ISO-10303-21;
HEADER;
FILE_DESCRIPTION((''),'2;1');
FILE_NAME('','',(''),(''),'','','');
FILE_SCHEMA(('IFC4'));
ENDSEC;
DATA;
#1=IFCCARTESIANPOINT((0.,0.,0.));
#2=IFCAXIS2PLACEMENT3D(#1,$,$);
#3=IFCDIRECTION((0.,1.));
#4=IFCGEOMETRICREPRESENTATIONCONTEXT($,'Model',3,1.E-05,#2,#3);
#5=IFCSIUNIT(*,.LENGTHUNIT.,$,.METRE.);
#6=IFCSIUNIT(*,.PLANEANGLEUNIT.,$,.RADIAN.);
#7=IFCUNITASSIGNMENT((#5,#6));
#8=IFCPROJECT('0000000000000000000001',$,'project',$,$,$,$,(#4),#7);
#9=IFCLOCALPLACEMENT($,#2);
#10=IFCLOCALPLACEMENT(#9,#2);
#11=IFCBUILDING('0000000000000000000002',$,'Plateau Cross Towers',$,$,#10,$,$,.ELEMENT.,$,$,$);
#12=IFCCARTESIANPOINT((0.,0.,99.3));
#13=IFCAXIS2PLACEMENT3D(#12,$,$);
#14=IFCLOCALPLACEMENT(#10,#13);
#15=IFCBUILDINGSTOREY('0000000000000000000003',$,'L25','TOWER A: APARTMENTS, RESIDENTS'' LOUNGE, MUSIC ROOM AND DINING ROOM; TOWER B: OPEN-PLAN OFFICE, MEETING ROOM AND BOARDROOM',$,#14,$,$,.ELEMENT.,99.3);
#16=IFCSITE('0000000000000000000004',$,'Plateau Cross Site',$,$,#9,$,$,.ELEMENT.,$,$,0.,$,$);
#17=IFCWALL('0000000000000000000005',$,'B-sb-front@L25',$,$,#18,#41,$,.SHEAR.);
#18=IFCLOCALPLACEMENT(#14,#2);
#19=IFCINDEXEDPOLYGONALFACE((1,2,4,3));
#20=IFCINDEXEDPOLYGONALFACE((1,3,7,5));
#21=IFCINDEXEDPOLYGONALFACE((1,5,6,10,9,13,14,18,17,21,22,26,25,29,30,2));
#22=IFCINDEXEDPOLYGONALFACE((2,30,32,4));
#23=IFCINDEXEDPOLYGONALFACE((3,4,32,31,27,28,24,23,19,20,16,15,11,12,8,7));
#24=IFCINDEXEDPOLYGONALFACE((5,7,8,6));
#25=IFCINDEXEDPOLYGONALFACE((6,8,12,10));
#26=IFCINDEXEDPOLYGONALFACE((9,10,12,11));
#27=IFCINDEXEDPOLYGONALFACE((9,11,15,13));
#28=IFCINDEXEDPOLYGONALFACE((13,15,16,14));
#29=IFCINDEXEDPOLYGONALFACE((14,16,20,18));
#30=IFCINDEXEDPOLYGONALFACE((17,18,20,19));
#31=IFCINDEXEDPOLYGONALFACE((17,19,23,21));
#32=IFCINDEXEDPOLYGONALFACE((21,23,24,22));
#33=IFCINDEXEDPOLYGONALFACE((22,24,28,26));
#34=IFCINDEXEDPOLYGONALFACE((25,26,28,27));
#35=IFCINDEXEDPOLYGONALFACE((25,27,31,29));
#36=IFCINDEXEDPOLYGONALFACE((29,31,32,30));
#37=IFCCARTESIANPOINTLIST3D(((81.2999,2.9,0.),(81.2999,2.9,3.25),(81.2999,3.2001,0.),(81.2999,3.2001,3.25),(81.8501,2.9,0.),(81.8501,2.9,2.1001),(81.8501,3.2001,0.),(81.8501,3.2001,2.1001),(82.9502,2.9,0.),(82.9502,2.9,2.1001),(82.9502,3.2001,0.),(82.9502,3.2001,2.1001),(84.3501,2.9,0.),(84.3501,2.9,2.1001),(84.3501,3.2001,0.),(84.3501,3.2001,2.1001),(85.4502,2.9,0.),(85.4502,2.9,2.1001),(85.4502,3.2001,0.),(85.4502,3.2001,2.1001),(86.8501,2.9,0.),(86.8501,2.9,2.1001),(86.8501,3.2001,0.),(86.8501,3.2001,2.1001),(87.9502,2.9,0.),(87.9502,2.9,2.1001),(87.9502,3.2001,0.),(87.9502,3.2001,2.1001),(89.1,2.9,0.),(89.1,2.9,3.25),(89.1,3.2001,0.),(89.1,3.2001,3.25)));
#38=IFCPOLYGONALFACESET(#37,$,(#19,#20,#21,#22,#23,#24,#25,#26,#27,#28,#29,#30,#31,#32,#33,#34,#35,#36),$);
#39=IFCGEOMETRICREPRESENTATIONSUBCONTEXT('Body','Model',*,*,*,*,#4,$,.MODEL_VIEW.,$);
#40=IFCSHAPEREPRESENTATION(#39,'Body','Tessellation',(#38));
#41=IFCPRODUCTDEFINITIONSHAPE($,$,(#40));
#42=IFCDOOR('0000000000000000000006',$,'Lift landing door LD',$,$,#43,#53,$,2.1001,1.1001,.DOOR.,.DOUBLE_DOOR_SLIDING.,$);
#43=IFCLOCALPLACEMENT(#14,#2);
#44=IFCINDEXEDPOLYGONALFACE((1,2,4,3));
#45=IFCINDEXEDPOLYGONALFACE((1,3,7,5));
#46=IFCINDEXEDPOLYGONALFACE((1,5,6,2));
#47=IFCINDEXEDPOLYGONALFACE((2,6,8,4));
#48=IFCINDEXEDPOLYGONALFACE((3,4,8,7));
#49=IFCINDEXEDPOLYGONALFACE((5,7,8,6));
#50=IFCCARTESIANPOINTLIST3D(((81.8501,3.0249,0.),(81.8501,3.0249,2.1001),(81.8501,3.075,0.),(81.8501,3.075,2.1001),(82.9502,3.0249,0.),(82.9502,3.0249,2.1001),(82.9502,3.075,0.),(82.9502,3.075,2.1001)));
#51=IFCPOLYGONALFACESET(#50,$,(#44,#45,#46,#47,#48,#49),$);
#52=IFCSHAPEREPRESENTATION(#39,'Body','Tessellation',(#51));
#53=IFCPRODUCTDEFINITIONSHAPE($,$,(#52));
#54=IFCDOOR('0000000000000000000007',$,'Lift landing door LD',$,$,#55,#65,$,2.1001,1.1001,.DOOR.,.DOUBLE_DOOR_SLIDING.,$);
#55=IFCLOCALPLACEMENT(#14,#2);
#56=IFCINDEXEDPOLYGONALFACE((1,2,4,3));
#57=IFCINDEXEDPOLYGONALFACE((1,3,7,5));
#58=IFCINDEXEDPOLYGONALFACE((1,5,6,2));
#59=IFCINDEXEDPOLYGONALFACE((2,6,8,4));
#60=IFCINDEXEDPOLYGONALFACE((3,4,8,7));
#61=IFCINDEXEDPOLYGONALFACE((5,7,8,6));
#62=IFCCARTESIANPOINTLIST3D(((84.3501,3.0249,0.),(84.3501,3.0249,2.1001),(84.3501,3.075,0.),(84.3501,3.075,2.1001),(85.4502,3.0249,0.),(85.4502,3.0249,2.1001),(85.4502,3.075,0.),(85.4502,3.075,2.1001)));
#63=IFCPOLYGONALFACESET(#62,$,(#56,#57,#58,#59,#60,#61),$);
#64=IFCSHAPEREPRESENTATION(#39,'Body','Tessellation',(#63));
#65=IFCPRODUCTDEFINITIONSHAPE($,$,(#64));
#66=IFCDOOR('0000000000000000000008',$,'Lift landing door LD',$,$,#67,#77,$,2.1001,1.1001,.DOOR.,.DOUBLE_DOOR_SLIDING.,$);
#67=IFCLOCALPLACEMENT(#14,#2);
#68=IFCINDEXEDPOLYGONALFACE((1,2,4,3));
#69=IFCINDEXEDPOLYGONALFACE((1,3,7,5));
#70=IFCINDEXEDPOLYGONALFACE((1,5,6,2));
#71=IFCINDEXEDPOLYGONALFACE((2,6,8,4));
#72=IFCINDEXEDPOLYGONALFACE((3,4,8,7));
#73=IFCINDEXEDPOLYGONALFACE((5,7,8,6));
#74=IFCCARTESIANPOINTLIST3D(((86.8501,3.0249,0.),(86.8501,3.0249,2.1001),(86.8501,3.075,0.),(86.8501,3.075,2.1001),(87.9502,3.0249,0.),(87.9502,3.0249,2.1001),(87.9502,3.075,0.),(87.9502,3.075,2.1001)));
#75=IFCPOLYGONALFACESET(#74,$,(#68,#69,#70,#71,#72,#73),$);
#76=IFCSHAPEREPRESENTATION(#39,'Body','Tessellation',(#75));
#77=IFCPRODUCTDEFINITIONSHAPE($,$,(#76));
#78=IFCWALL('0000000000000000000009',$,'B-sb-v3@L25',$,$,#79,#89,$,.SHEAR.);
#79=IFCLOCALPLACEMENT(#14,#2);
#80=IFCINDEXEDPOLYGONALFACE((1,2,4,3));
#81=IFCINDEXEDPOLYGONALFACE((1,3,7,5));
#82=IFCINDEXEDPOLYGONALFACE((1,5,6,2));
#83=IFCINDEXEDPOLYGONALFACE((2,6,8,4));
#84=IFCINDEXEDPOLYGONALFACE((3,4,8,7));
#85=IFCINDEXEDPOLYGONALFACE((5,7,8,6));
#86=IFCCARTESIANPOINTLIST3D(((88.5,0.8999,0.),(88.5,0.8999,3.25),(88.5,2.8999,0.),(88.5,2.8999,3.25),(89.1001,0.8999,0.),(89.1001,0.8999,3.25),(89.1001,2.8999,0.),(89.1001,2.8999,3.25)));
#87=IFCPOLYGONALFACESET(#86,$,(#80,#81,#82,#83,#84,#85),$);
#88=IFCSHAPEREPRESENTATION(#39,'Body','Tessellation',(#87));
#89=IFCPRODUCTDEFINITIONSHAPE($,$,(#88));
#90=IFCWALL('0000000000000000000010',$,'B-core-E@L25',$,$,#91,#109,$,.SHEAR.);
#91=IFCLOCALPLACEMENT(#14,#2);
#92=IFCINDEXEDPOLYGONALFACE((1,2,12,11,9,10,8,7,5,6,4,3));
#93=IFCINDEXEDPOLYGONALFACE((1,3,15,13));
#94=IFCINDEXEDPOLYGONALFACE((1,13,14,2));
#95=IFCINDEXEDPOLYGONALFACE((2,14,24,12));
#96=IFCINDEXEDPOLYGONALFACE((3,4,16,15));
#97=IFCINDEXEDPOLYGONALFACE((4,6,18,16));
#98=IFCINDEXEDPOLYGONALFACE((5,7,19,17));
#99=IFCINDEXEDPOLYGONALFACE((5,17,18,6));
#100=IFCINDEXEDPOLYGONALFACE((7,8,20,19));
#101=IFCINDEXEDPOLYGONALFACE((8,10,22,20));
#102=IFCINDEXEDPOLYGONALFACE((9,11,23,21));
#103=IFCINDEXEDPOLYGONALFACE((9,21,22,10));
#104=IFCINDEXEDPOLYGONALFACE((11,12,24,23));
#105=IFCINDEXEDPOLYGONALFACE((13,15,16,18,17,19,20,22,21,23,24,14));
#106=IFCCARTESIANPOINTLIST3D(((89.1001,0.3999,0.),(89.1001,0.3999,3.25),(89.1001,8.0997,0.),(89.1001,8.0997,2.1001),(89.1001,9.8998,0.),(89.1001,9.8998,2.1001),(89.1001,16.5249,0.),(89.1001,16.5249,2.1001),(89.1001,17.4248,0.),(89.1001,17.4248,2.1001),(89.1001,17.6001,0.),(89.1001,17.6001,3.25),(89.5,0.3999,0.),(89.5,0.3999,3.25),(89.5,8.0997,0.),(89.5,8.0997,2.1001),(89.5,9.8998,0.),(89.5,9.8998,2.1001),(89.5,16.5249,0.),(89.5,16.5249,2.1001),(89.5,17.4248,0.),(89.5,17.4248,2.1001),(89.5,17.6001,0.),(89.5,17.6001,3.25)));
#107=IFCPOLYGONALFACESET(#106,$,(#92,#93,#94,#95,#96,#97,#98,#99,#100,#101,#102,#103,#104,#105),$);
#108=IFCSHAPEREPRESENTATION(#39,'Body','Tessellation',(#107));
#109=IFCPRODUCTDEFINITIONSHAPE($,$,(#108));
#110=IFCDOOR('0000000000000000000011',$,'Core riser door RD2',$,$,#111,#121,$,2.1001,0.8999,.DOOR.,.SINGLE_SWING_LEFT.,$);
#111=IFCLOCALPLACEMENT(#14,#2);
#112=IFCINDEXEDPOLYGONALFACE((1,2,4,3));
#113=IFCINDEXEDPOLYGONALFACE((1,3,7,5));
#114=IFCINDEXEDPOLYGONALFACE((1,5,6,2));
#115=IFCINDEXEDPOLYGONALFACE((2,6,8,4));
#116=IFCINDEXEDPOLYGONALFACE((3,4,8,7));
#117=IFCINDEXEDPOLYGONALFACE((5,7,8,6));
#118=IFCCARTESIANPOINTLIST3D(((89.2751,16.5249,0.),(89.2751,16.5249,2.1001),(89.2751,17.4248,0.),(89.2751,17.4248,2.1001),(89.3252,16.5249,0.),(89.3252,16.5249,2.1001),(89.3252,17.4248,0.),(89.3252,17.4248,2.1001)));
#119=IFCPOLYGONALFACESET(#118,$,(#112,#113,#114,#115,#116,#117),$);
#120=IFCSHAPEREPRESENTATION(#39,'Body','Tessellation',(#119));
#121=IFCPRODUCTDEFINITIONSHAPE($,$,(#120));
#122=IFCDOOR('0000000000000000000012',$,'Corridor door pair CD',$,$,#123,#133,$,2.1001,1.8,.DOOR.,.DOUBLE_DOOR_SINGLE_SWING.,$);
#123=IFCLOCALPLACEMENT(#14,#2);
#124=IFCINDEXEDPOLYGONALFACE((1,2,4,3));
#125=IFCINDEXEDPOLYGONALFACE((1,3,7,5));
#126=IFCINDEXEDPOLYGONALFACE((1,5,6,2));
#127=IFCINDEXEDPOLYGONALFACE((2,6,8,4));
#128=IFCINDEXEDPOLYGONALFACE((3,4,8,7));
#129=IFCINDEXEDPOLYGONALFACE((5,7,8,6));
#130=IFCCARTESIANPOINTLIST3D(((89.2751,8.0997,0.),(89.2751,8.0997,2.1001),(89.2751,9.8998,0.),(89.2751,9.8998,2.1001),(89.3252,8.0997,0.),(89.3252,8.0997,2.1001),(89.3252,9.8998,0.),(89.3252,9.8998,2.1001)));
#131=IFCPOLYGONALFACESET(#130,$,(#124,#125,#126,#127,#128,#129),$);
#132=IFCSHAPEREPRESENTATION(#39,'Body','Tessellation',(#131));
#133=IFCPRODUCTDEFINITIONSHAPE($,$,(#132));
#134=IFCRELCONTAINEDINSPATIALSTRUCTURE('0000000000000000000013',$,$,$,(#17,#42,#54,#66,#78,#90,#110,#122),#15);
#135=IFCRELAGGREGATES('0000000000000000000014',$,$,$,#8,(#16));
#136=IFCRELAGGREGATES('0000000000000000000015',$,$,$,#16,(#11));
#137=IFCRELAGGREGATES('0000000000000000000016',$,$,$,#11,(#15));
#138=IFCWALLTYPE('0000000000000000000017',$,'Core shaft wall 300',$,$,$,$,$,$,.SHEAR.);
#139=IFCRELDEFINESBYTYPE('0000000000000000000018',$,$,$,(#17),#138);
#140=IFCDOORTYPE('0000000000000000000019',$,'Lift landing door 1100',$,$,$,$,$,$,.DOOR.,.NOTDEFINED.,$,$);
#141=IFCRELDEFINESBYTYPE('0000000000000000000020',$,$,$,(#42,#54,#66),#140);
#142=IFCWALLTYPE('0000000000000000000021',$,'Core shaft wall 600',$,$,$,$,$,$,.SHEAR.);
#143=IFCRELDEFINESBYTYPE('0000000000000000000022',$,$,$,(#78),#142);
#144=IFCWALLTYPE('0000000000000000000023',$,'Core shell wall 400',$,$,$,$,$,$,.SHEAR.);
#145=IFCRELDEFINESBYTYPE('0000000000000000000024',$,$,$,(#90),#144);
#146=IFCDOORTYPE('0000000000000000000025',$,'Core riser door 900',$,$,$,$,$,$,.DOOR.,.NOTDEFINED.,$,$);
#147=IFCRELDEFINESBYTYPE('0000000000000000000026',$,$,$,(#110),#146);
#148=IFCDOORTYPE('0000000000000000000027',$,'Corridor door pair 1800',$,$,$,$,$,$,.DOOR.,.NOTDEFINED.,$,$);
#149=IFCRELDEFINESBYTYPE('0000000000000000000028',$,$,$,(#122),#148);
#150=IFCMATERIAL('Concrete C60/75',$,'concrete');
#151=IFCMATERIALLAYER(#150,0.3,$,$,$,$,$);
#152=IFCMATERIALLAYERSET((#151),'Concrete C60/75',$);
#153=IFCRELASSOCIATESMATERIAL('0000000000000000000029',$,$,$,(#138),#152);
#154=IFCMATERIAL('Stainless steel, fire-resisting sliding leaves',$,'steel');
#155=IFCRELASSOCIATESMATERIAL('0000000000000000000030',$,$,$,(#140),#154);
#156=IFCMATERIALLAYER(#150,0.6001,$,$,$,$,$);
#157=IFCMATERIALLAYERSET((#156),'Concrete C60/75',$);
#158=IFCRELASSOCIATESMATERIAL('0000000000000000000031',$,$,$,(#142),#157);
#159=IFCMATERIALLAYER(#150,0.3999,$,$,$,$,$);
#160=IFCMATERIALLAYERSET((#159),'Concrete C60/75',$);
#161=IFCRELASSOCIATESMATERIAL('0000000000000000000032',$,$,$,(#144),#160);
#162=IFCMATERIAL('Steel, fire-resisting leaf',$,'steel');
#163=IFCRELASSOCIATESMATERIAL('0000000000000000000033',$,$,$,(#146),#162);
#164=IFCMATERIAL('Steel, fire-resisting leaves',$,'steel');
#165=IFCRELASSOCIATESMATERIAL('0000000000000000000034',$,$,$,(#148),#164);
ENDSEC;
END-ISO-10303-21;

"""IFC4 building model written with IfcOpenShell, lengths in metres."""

from ifc_helpers import new_model, si_unit, direction, frame, frame_2d, origin, place, context, subcontext, project, spatial, rectangle, extrude, material, layer, layer_set, type_object, element, fill, save


model = new_model("IFC4")

# Units and contexts
model_context = context("Model", 3, precision=1e-05, world=origin(), true_north=direction((0.0, 1.0)))
body_context = subcontext(model_context, "Body", "Model", "MODEL_VIEW")
ifc_project = project(units=[si_unit("LENGTHUNIT", "METRE"), si_unit("PLANEANGLEUNIT", "RADIAN")], contexts=[model_context])

# Site, building, storey
site_placement = place(None, origin())
site = spatial("IfcSite", under=ifc_project, at=site_placement, Name="Plateau Cross Site", CompositionType="ELEMENT", RefElevation=0.0)
building_placement = place(site_placement, origin())
building = spatial("IfcBuilding", under=site, at=building_placement, Name="Plateau Cross Towers", CompositionType="ELEMENT")
storey_placement = place(building_placement, frame((0.0, 0.0, 99.3)))
storey = spatial("IfcBuildingStorey", under=building, at=storey_placement, Name="L25", Description="TOWER A: APARTMENTS, RESIDENTS' LOUNGE, MUSIC ROOM AND DINING ROOM; TOWER B: OPEN-PLAN OFFICE, MEETING ROOM AND BOARDROOM", CompositionType="ELEMENT", Elevation=99.3)

# Shared definitions
ifc_material_1 = material(Name="Concrete C60/75", Category="concrete")

# Shared definitions
ifc_layer_1 = layer(ifc_material_1, 0.3)
ifc_layer_set_1 = layer_set([ifc_layer_1], Name="Concrete C60/75")
wall_type_1 = type_object("IfcWallType", Name="Core shaft wall 300", PredefinedType="SHEAR", material=ifc_layer_set_1)

# Wall, openings, doors
wall_1_placement = place(storey_placement, frame((81.3, 3.05, 0.0), z_axis=(0.0, 0.0, 1.0), x_axis=(1.0, 0.0, 0.0)))
wall_1 = element("IfcWall", 1, at=wall_1_placement, inside=storey, type_object=wall_type_1, Name="B-sb-front@L25", PredefinedType="SHEAR", context=body_context, shape_type="SweptSolid", body=[
    extrude(rectangle(XDim=7.8, YDim=0.3, at=frame_2d((3.8999, 0.0))), origin(), (0.0, 0.0, 1.0), 3.25),
])
opening_1_placement = place(wall_1_placement, frame((0.55, 0.0, 0.0)))
opening_1 = element("IfcOpeningElement", 2, at=opening_1_placement, cuts=wall_1, PredefinedType="OPENING", context=body_context, shape_type="SweptSolid", body=[
    extrude(rectangle(XDim=1.1001, YDim=2.1001, at=frame_2d((0.55, 1.05))), frame((0.0, 0.1599, 0.0), z_axis=(0.0, -1.0, 0.0), x_axis=(1.0, 0.0, 0.0)), (0.0, 0.0, 1.0), 0.3201),
])
opening_2_placement = place(wall_1_placement, frame((3.05, 0.0, 0.0)))
opening_2 = element("IfcOpeningElement", 3, at=opening_2_placement, cuts=wall_1, PredefinedType="OPENING", context=body_context, shape_type="SweptSolid", body=[
    extrude(rectangle(XDim=1.1001, YDim=2.1001, at=frame_2d((0.55, 1.05))), frame((0.0, 0.1599, 0.0), z_axis=(0.0, -1.0, 0.0), x_axis=(1.0, 0.0, 0.0)), (0.0, 0.0, 1.0), 0.3201),
])
opening_3_placement = place(wall_1_placement, frame((5.55, 0.0, 0.0)))
opening_3 = element("IfcOpeningElement", 4, at=opening_3_placement, cuts=wall_1, PredefinedType="OPENING", context=body_context, shape_type="SweptSolid", body=[
    extrude(rectangle(XDim=1.1001, YDim=2.1001, at=frame_2d((0.55, 1.05))), frame((0.0, 0.1599, 0.0), z_axis=(0.0, -1.0, 0.0), x_axis=(1.0, 0.0, 0.0)), (0.0, 0.0, 1.0), 0.3201),
])
ifc_material_2 = material(Name="Stainless steel, fire-resisting sliding leaves", Category="steel")
door_type_1 = type_object("IfcDoorType", Name="Lift landing door 1100", OperationType="NOTDEFINED", PredefinedType="DOOR", material=ifc_material_2)
door_1_placement = place(opening_1_placement, origin())
door_1 = element("IfcDoor", 5, at=door_1_placement, inside=storey, type_object=door_type_1, Name="Lift landing door LD", OperationType="DOUBLE_DOOR_SLIDING", OverallHeight=2.1001, OverallWidth=1.1001, PredefinedType="DOOR", context=body_context, shape_type="SweptSolid", body=[
    extrude(rectangle(XDim=1.1001, YDim=2.1001, at=frame_2d((0.55, 1.05))), frame((0.0, 0.0249, 0.0), z_axis=(0.0, -1.0, 0.0), x_axis=(1.0, 0.0, 0.0)), (0.0, 0.0, 1.0), 0.05),
])
fill(opening_1, door_1)
door_2_placement = place(opening_2_placement, origin())
door_2 = element("IfcDoor", 6, at=door_2_placement, inside=storey, type_object=door_type_1, Name="Lift landing door LD", OperationType="DOUBLE_DOOR_SLIDING", OverallHeight=2.1001, OverallWidth=1.1001, PredefinedType="DOOR", context=body_context, shape_type="SweptSolid", body=[
    extrude(rectangle(XDim=1.1001, YDim=2.1001, at=frame_2d((0.55, 1.05))), frame((0.0, 0.0249, 0.0), z_axis=(0.0, -1.0, 0.0), x_axis=(1.0, 0.0, 0.0)), (0.0, 0.0, 1.0), 0.05),
])
fill(opening_2, door_2)
door_3_placement = place(opening_3_placement, origin())
door_3 = element("IfcDoor", 7, at=door_3_placement, inside=storey, type_object=door_type_1, Name="Lift landing door LD", OperationType="DOUBLE_DOOR_SLIDING", OverallHeight=2.1001, OverallWidth=1.1001, PredefinedType="DOOR", context=body_context, shape_type="SweptSolid", body=[
    extrude(rectangle(XDim=1.1001, YDim=2.1001, at=frame_2d((0.55, 1.05))), frame((0.0, 0.0249, 0.0), z_axis=(0.0, -1.0, 0.0), x_axis=(1.0, 0.0, 0.0)), (0.0, 0.0, 1.0), 0.05),
])
fill(opening_3, door_3)

# Wall
ifc_layer_2 = layer(ifc_material_1, 0.6001)
ifc_layer_set_2 = layer_set([ifc_layer_2], Name="Concrete C60/75")
wall_type_2 = type_object("IfcWallType", Name="Core shaft wall 600", PredefinedType="SHEAR", material=ifc_layer_set_2)
wall_2_placement = place(storey_placement, frame((88.8, 0.8999, 0.0), z_axis=(0.0, 0.0, 1.0), x_axis=(0.0, 1.0, 0.0)))
element("IfcWall", 8, at=wall_2_placement, inside=storey, type_object=wall_type_2, Name="B-sb-v3@L25", PredefinedType="SHEAR", context=body_context, shape_type="SweptSolid", body=[
    extrude(rectangle(XDim=2.0, YDim=0.6001, at=frame_2d((1.0, 0.0))), origin(), (0.0, 0.0, 1.0), 3.25),
])

# Wall, openings, doors
ifc_layer_3 = layer(ifc_material_1, 0.3999)
ifc_layer_set_3 = layer_set([ifc_layer_3], Name="Concrete C60/75")
wall_type_3 = type_object("IfcWallType", Name="Core shell wall 400", PredefinedType="SHEAR", material=ifc_layer_set_3)
wall_3_placement = place(storey_placement, frame((89.3, 0.3999, 0.0), z_axis=(0.0, 0.0, 1.0), x_axis=(0.0, 1.0, 0.0)))
wall_3 = element("IfcWall", 9, at=wall_3_placement, inside=storey, type_object=wall_type_3, Name="B-core-E@L25", PredefinedType="SHEAR", context=body_context, shape_type="SweptSolid", body=[
    extrude(rectangle(XDim=17.2002, YDim=0.3999, at=frame_2d((8.6001, 0.0))), origin(), (0.0, 0.0, 1.0), 3.25),
])
opening_4_placement = place(wall_3_placement, frame((7.7, 0.0, 0.0)))
opening_4 = element("IfcOpeningElement", 10, at=opening_4_placement, cuts=wall_3, PredefinedType="OPENING", context=body_context, shape_type="SweptSolid", body=[
    extrude(rectangle(XDim=1.8, YDim=2.1001, at=frame_2d((0.8999, 1.05))), frame((0.0, 0.21, 0.0), z_axis=(0.0, -1.0, 0.0), x_axis=(1.0, 0.0, 0.0)), (0.0, 0.0, 1.0), 0.4199),
])
opening_5_placement = place(wall_3_placement, frame((16.125, 0.0, 0.0)))
opening_5 = element("IfcOpeningElement", 11, at=opening_5_placement, cuts=wall_3, PredefinedType="OPENING", context=body_context, shape_type="SweptSolid", body=[
    extrude(rectangle(XDim=0.8999, YDim=2.1001, at=frame_2d((0.45, 1.05))), frame((0.0, 0.21, 0.0), z_axis=(0.0, -1.0, 0.0), x_axis=(1.0, 0.0, 0.0)), (0.0, 0.0, 1.0), 0.4199),
])
ifc_material_3 = material(Name="Steel, fire-resisting leaf", Category="steel")
door_type_2 = type_object("IfcDoorType", Name="Core riser door 900", OperationType="NOTDEFINED", PredefinedType="DOOR", material=ifc_material_3)
door_4_placement = place(opening_5_placement, origin())
door_4 = element("IfcDoor", 12, at=door_4_placement, inside=storey, type_object=door_type_2, Name="Core riser door RD2", OperationType="SINGLE_SWING_LEFT", OverallHeight=2.1001, OverallWidth=0.8999, PredefinedType="DOOR", context=body_context, shape_type="SweptSolid", body=[
    extrude(rectangle(XDim=0.8999, YDim=2.1001, at=frame_2d((0.45, 1.05))), frame((0.0, 0.0249, 0.0), z_axis=(0.0, -1.0, 0.0), x_axis=(1.0, 0.0, 0.0)), (0.0, 0.0, 1.0), 0.05),
])
fill(opening_5, door_4)
ifc_material_4 = material(Name="Steel, fire-resisting leaves", Category="steel")
door_type_3 = type_object("IfcDoorType", Name="Corridor door pair 1800", OperationType="NOTDEFINED", PredefinedType="DOOR", material=ifc_material_4)
door_5_placement = place(opening_4_placement, origin())
door_5 = element("IfcDoor", 13, at=door_5_placement, inside=storey, type_object=door_type_3, Name="Corridor door pair CD", OperationType="DOUBLE_DOOR_SINGLE_SWING", OverallHeight=2.1001, OverallWidth=1.8, PredefinedType="DOOR", context=body_context, shape_type="SweptSolid", body=[
    extrude(rectangle(XDim=1.8, YDim=2.1001, at=frame_2d((0.8999, 1.05))), frame((0.0, 0.0249, 0.0), z_axis=(0.0, -1.0, 0.0), x_axis=(1.0, 0.0, 0.0)), (0.0, 0.0, 1.0), 0.05),
])
fill(opening_4, door_5)

save(model, "model.ifc")
